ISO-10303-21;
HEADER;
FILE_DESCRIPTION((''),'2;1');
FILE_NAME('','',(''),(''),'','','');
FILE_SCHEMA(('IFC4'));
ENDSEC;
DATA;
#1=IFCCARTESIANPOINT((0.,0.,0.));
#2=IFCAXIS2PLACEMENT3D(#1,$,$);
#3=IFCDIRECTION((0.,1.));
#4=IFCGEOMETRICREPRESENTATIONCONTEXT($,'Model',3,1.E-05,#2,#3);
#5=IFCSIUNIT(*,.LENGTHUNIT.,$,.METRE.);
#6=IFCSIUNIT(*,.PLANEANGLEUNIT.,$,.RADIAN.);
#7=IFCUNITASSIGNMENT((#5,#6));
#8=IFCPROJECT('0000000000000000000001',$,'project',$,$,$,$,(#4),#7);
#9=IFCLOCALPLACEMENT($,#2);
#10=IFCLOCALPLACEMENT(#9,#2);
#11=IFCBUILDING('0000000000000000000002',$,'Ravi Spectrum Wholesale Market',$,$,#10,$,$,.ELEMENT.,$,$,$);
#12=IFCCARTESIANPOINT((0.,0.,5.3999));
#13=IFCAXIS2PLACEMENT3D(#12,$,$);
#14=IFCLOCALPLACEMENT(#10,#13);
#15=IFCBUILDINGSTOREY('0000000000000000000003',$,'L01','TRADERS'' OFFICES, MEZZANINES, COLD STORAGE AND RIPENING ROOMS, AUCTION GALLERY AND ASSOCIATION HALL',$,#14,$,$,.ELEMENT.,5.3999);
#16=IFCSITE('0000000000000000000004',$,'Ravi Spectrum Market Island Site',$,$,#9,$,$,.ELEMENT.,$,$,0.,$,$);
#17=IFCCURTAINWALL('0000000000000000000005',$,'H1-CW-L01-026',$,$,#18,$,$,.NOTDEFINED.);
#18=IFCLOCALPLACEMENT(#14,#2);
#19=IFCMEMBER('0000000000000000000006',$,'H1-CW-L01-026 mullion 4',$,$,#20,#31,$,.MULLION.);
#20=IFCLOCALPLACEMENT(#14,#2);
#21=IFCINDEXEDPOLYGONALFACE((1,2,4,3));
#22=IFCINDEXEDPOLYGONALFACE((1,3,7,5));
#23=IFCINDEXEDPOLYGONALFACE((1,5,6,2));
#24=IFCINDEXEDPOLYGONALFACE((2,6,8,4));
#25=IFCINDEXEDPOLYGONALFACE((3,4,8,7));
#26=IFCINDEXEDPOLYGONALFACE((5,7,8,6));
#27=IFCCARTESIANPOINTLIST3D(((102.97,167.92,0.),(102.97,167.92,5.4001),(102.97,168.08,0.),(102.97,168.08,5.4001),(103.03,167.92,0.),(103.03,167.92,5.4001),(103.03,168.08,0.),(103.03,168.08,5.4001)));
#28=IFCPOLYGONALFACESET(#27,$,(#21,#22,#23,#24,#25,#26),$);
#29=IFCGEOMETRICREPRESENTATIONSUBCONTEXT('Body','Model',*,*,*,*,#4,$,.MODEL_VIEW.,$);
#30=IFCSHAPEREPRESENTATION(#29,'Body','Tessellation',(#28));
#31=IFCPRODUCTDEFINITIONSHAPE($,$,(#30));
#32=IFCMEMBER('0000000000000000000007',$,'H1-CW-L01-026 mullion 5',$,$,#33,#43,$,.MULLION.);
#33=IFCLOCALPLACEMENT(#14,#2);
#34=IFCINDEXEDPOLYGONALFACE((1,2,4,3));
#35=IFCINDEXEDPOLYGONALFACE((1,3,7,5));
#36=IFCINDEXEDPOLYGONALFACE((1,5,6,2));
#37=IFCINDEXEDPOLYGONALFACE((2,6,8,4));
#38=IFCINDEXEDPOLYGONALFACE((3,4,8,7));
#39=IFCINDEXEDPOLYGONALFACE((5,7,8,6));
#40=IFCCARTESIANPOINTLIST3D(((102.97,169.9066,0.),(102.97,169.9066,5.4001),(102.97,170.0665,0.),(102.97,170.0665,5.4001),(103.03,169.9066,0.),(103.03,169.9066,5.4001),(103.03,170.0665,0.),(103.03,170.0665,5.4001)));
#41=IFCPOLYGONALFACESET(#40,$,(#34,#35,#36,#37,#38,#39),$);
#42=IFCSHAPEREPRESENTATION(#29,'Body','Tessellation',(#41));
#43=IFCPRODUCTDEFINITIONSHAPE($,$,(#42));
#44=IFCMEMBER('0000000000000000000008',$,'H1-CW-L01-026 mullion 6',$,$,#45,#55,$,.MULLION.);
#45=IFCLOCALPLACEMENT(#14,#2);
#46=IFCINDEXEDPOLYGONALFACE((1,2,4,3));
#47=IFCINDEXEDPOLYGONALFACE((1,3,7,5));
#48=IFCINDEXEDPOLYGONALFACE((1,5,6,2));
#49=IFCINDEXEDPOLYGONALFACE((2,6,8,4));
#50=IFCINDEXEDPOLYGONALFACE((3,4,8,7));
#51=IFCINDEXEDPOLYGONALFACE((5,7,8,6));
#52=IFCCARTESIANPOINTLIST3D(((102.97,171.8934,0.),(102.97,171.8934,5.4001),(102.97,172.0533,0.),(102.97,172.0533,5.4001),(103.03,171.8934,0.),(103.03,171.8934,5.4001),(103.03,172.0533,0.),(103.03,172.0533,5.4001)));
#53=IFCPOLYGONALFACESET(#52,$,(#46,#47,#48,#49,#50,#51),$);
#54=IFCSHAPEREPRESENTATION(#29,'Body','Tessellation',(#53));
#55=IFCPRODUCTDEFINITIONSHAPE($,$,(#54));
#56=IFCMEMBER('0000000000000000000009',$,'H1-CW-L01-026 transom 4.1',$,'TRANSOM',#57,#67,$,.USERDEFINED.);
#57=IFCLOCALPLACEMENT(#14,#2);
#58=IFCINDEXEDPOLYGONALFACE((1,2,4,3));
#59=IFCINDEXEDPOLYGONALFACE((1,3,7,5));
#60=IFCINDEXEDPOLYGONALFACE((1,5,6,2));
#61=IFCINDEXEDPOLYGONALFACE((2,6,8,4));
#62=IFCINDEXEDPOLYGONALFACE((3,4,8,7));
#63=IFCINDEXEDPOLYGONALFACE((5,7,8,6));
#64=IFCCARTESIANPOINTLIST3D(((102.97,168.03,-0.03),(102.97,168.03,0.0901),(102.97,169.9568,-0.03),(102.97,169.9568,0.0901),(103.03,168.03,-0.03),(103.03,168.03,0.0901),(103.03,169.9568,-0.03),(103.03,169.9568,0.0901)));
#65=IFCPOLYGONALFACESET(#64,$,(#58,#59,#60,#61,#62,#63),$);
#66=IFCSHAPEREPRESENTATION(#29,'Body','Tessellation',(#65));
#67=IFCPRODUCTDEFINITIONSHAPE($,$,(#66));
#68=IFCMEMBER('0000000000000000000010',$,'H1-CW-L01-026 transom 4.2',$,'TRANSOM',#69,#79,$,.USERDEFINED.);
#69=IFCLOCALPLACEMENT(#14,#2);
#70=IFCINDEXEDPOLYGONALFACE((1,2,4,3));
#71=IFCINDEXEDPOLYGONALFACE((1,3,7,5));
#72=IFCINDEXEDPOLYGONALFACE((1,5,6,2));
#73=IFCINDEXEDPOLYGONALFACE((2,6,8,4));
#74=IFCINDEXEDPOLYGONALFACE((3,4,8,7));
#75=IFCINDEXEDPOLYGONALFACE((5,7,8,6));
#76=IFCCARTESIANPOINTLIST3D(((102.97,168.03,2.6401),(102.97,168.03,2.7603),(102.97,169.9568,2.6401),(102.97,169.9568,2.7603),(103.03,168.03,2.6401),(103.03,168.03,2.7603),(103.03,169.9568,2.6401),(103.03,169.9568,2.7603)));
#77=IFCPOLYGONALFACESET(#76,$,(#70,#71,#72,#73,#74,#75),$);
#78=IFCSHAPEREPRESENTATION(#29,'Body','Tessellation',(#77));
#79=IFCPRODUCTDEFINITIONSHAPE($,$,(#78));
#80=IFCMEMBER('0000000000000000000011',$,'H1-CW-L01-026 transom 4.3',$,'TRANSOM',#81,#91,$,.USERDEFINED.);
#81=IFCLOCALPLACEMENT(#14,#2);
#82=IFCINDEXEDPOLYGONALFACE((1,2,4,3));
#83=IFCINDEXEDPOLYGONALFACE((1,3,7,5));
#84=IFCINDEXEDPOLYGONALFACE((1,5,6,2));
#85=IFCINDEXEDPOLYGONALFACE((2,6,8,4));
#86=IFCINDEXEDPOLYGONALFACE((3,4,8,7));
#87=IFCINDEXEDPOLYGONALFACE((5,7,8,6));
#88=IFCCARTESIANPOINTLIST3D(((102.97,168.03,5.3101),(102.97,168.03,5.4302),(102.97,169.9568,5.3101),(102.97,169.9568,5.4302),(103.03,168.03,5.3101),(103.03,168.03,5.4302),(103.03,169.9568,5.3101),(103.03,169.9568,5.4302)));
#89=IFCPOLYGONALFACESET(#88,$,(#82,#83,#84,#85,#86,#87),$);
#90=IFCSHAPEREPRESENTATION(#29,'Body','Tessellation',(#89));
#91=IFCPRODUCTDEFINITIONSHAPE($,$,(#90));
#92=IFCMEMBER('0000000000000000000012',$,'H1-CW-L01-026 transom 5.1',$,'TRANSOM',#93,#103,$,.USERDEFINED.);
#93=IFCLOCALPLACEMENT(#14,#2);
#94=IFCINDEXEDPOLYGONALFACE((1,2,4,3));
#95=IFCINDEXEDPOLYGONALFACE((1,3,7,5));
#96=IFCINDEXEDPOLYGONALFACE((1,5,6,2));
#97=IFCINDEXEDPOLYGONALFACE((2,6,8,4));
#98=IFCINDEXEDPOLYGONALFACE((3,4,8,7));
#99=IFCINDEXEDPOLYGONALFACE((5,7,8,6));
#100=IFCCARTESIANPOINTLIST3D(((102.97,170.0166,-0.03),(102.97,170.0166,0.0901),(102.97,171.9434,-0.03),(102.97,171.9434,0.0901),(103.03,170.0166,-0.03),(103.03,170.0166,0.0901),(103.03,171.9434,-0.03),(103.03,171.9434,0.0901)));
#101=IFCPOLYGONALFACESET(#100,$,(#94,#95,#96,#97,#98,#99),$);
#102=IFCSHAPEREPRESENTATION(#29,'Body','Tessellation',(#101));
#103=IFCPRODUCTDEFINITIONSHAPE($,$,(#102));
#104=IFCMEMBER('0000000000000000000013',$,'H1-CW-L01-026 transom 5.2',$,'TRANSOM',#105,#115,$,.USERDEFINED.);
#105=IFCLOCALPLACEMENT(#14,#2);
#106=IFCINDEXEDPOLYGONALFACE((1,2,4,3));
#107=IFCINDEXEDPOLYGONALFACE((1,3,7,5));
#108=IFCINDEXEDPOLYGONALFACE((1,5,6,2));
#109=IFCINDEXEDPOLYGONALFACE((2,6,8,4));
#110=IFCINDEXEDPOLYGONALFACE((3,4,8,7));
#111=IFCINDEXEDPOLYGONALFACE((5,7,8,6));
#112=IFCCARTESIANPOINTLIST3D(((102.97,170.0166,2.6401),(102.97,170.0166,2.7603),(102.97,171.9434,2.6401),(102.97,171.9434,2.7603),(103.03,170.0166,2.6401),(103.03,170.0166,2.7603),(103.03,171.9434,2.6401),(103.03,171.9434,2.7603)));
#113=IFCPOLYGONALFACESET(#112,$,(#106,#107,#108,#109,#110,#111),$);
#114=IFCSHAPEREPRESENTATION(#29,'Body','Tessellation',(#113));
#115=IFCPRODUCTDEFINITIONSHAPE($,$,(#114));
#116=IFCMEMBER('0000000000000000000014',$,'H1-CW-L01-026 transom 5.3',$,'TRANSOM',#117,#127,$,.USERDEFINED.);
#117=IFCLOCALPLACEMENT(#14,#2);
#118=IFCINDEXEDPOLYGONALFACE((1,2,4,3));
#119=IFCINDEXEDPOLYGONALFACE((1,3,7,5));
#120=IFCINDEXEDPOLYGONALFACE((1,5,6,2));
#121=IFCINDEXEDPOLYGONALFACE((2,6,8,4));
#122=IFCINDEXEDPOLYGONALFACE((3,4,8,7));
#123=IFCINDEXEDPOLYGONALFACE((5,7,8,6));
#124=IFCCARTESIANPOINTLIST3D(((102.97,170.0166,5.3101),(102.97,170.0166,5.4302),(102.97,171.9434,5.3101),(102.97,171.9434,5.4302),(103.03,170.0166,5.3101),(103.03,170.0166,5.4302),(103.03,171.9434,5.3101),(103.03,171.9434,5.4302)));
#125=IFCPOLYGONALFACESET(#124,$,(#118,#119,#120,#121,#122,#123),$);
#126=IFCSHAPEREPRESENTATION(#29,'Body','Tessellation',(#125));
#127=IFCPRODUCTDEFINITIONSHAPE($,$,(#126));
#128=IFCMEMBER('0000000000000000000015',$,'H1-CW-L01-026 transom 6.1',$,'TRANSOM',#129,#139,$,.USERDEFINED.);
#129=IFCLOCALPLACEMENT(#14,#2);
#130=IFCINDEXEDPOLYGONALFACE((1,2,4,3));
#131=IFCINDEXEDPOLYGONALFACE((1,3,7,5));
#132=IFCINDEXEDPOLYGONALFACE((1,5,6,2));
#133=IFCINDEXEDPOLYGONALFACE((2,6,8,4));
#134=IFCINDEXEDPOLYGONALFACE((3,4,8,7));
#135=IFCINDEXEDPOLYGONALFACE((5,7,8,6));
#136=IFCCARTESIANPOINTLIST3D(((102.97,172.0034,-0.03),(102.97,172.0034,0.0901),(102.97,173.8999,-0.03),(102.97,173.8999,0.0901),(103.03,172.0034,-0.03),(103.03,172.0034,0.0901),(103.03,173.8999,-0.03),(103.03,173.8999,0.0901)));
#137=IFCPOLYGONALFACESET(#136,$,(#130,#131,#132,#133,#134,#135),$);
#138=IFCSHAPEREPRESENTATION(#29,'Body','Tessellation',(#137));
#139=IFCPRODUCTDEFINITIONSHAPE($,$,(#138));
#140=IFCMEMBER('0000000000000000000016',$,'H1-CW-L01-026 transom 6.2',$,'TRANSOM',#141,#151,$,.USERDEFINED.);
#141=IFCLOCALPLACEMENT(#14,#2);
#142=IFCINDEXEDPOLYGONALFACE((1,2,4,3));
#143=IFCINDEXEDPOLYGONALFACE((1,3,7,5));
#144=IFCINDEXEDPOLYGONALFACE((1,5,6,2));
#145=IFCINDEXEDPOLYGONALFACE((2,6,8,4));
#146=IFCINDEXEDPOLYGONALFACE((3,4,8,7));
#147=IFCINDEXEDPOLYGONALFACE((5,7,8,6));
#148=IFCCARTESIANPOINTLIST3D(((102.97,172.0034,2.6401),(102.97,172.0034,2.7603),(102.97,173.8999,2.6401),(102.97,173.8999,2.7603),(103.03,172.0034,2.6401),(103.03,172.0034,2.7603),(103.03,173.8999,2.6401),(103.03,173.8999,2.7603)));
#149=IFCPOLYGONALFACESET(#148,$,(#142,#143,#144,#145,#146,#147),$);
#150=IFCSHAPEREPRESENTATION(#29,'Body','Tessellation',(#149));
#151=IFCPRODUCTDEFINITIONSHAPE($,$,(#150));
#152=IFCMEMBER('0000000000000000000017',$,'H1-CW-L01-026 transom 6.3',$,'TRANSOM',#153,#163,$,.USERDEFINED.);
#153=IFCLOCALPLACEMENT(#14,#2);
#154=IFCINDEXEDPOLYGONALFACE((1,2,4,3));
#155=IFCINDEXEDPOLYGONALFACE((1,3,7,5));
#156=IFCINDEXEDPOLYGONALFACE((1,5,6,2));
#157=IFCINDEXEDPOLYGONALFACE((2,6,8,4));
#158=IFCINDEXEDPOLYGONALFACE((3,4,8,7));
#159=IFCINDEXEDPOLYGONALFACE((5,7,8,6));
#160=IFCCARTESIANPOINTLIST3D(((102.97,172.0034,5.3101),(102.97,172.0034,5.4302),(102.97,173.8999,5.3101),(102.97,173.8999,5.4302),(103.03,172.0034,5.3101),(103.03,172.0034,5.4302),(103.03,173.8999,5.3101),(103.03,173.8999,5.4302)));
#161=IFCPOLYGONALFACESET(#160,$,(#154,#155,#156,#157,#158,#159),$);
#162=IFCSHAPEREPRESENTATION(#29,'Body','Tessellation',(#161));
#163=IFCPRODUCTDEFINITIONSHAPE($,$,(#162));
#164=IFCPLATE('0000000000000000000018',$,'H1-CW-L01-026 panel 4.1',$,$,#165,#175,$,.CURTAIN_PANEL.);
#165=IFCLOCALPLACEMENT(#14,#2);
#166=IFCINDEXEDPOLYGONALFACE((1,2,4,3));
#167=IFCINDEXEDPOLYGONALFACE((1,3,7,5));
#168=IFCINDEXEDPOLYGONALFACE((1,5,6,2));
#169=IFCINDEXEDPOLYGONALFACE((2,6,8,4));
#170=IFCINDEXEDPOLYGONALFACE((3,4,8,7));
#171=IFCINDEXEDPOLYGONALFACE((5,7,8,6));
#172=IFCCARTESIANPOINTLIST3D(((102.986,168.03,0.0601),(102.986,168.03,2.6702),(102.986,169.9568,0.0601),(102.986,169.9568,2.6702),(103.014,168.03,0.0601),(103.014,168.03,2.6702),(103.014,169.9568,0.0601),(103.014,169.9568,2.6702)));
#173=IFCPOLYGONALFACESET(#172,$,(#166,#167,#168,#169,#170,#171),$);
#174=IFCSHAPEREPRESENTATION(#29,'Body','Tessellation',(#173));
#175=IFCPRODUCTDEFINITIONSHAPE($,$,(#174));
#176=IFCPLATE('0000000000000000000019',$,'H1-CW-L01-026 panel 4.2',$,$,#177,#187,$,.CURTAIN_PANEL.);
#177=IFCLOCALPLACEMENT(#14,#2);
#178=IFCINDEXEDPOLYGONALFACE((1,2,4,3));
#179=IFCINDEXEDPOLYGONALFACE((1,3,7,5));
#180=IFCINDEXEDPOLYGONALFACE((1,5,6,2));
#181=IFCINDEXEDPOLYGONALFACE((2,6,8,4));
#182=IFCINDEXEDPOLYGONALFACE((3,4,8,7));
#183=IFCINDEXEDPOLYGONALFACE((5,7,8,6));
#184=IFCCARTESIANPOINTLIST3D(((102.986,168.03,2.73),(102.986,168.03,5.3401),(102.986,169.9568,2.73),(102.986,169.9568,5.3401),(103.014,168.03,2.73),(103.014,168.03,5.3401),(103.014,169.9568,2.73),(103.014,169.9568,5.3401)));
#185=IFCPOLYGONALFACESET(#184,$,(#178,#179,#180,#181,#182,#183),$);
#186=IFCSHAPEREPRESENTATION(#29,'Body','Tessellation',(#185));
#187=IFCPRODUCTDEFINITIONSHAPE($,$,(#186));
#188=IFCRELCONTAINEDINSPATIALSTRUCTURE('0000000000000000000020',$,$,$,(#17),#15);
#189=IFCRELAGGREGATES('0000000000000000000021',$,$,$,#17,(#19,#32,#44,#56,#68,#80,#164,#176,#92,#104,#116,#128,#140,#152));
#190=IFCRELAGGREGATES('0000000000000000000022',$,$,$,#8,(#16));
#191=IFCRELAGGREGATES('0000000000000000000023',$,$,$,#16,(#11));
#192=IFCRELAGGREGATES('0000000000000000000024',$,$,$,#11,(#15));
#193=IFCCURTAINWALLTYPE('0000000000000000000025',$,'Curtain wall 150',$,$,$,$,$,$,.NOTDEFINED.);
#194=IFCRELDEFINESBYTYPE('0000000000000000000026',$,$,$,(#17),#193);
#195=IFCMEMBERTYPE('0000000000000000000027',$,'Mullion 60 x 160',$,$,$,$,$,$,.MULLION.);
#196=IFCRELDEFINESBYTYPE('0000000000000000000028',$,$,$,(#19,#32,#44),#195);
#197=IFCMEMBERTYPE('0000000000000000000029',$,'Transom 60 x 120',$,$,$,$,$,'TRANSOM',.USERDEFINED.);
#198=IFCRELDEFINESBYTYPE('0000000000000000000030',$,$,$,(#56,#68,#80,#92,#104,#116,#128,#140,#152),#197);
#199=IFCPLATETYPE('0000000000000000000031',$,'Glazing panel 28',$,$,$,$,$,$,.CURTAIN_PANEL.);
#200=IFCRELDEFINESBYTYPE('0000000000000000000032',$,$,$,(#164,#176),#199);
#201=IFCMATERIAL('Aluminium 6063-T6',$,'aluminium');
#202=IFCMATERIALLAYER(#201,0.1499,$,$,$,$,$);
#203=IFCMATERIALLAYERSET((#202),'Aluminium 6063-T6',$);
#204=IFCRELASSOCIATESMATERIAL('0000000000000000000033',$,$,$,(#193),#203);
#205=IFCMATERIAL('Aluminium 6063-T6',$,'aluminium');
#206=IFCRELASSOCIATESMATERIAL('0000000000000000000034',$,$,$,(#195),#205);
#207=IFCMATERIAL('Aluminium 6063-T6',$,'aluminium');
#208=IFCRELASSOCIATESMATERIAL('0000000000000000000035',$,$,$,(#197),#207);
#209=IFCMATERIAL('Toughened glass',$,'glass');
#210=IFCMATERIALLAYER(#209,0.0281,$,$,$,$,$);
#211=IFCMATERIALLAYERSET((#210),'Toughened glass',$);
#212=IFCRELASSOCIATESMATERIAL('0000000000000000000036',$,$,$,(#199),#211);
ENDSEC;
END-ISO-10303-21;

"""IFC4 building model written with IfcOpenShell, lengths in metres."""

from ifc_helpers import new_model, si_unit, direction, frame, origin, origin_2d, place, context, subcontext, project, spatial, rectangle, extrude, material, layer, layer_set, material_profile, profile_set, type_object, element, aggregate, save


model = new_model("IFC4")

# Units and contexts
model_context = context("Model", 3, precision=1e-05, world=origin(), true_north=direction((0.0, 1.0)))
body_context = subcontext(model_context, "Body", "Model", "MODEL_VIEW")
ifc_project = project(units=[si_unit("LENGTHUNIT", "METRE"), si_unit("PLANEANGLEUNIT", "RADIAN")], contexts=[model_context])

# Site, building, storey
site_placement = place(None, origin())
site = spatial("IfcSite", under=ifc_project, at=site_placement, Name="Ravi Spectrum Market Island Site", CompositionType="ELEMENT", RefElevation=0.0)
building_placement = place(site_placement, origin())
building = spatial("IfcBuilding", under=site, at=building_placement, Name="Ravi Spectrum Wholesale Market", CompositionType="ELEMENT")
storey_placement = place(building_placement, frame((0.0, 0.0, 5.3999)))
storey = spatial("IfcBuildingStorey", under=building, at=storey_placement, Name="L01", Description="TRADERS' OFFICES, MEZZANINES, COLD STORAGE AND RIPENING ROOMS, AUCTION GALLERY AND ASSOCIATION HALL", CompositionType="ELEMENT", Elevation=5.3999)

# Curtain wall, members, plates
ifc_material_1 = material(Name="Aluminium 6063-T6", Category="aluminium")
ifc_layer_1 = layer(ifc_material_1, 0.1499)
ifc_layer_set_1 = layer_set([ifc_layer_1], Name="Aluminium 6063-T6")
curtain_wall_type = type_object("IfcCurtainWallType", Name="Curtain wall 150", PredefinedType="NOTDEFINED", material=ifc_layer_set_1)
curtain_wall_placement = place(storey_placement, origin())
curtain_wall = element("IfcCurtainWall", 1, at=curtain_wall_placement, inside=storey, type_object=curtain_wall_type, Name="H1-CW-L01-026", PredefinedType="NOTDEFINED")
ifc_material_2 = material(Name="Aluminium 6063-T6", Category="aluminium")
ifc_material_profile_1 = material_profile(ifc_material_2, rectangle(XDim=0.0601, YDim=0.1599, at=origin_2d()))
ifc_profile_set_1 = profile_set([ifc_material_profile_1], Name="Aluminium 6063-T6")
member_type_1 = type_object("IfcMemberType", Name="Mullion 60 x 160", PredefinedType="MULLION", material=ifc_profile_set_1)
member_1_placement = place(storey_placement, frame((103.0, 168.0, 0.0), z_axis=(0.0, 0.0, 1.0), x_axis=(-1.0, 0.0, 0.0)))
member_1 = element("IfcMember", 2, at=member_1_placement, type_object=member_type_1, Name="H1-CW-L01-026 mullion 4", PredefinedType="MULLION", context=body_context, shape_type="SweptSolid", body=[
    extrude(rectangle(XDim=0.0601, YDim=0.1599, at=origin_2d()), origin(), (0.0, 0.0, 1.0), 5.4001),
])
member_2_placement = place(storey_placement, frame((103.0, 169.9866, 0.0), z_axis=(0.0, 0.0, 1.0), x_axis=(-1.0, 0.0, 0.0)))
member_2 = element("IfcMember", 3, at=member_2_placement, type_object=member_type_1, Name="H1-CW-L01-026 mullion 5", PredefinedType="MULLION", context=body_context, shape_type="SweptSolid", body=[
    extrude(rectangle(XDim=0.0601, YDim=0.1599, at=origin_2d()), origin(), (0.0, 0.0, 1.0), 5.4001),
])
member_3_placement = place(storey_placement, frame((103.0, 171.9734, 0.0), z_axis=(0.0, 0.0, 1.0), x_axis=(-1.0, 0.0, 0.0)))
member_3 = element("IfcMember", 4, at=member_3_placement, type_object=member_type_1, Name="H1-CW-L01-026 mullion 6", PredefinedType="MULLION", context=body_context, shape_type="SweptSolid", body=[
    extrude(rectangle(XDim=0.0601, YDim=0.1599, at=origin_2d()), origin(), (0.0, 0.0, 1.0), 5.4001),
])
ifc_material_3 = material(Name="Aluminium 6063-T6", Category="aluminium")
ifc_material_profile_2 = material_profile(ifc_material_3, rectangle(XDim=0.0601, YDim=0.1201, at=origin_2d()))
ifc_profile_set_2 = profile_set([ifc_material_profile_2], Name="Aluminium 6063-T6")
member_type_2 = type_object("IfcMemberType", Name="Transom 60 x 120", ElementType="TRANSOM", PredefinedType="USERDEFINED", material=ifc_profile_set_2)
member_4_placement = place(storey_placement, frame((103.0, 168.03, 0.03), z_axis=(0.0, 1.0, 0.0), x_axis=(-1.0, 0.0, 0.0)))
member_4 = element("IfcMember", 5, at=member_4_placement, type_object=member_type_2, Name="H1-CW-L01-026 transom 4.1", ObjectType="TRANSOM", PredefinedType="USERDEFINED", context=body_context, shape_type="SweptSolid", body=[
    extrude(rectangle(XDim=0.0601, YDim=0.1201, at=origin_2d()), origin(), (0.0, 0.0, 1.0), 1.9268),
])
member_5_placement = place(storey_placement, frame((103.0, 168.03, 2.7002), z_axis=(0.0, 1.0, 0.0), x_axis=(-1.0, 0.0, 0.0)))
member_5 = element("IfcMember", 6, at=member_5_placement, type_object=member_type_2, Name="H1-CW-L01-026 transom 4.2", ObjectType="TRANSOM", PredefinedType="USERDEFINED", context=body_context, shape_type="SweptSolid", body=[
    extrude(rectangle(XDim=0.0601, YDim=0.1201, at=origin_2d()), origin(), (0.0, 0.0, 1.0), 1.9268),
])
member_6_placement = place(storey_placement, frame((103.0, 168.03, 5.3701), z_axis=(0.0, 1.0, 0.0), x_axis=(-1.0, 0.0, 0.0)))
member_6 = element("IfcMember", 7, at=member_6_placement, type_object=member_type_2, Name="H1-CW-L01-026 transom 4.3", ObjectType="TRANSOM", PredefinedType="USERDEFINED", context=body_context, shape_type="SweptSolid", body=[
    extrude(rectangle(XDim=0.0601, YDim=0.1201, at=origin_2d()), origin(), (0.0, 0.0, 1.0), 1.9268),
])
member_7_placement = place(storey_placement, frame((103.0, 170.0166, 0.03), z_axis=(0.0, 1.0, 0.0), x_axis=(-1.0, 0.0, 0.0)))
member_7 = element("IfcMember", 8, at=member_7_placement, type_object=member_type_2, Name="H1-CW-L01-026 transom 5.1", ObjectType="TRANSOM", PredefinedType="USERDEFINED", context=body_context, shape_type="SweptSolid", body=[
    extrude(rectangle(XDim=0.0601, YDim=0.1201, at=origin_2d()), origin(), (0.0, 0.0, 1.0), 1.9268),
])
member_8_placement = place(storey_placement, frame((103.0, 170.0166, 2.7002), z_axis=(0.0, 1.0, 0.0), x_axis=(-1.0, 0.0, 0.0)))
member_8 = element("IfcMember", 9, at=member_8_placement, type_object=member_type_2, Name="H1-CW-L01-026 transom 5.2", ObjectType="TRANSOM", PredefinedType="USERDEFINED", context=body_context, shape_type="SweptSolid", body=[
    extrude(rectangle(XDim=0.0601, YDim=0.1201, at=origin_2d()), origin(), (0.0, 0.0, 1.0), 1.9268),
])
member_9_placement = place(storey_placement, frame((103.0, 170.0166, 5.3701), z_axis=(0.0, 1.0, 0.0), x_axis=(-1.0, 0.0, 0.0)))
member_9 = element("IfcMember", 10, at=member_9_placement, type_object=member_type_2, Name="H1-CW-L01-026 transom 5.3", ObjectType="TRANSOM", PredefinedType="USERDEFINED", context=body_context, shape_type="SweptSolid", body=[
    extrude(rectangle(XDim=0.0601, YDim=0.1201, at=origin_2d()), origin(), (0.0, 0.0, 1.0), 1.9268),
])
member_10_placement = place(storey_placement, frame((103.0, 172.0034, 0.03), z_axis=(0.0, 1.0, 0.0), x_axis=(-1.0, 0.0, 0.0)))
member_10 = element("IfcMember", 11, at=member_10_placement, type_object=member_type_2, Name="H1-CW-L01-026 transom 6.1", ObjectType="TRANSOM", PredefinedType="USERDEFINED", context=body_context, shape_type="SweptSolid", body=[
    extrude(rectangle(XDim=0.0601, YDim=0.1201, at=origin_2d()), origin(), (0.0, 0.0, 1.0), 1.8965),
])
member_11_placement = place(storey_placement, frame((103.0, 172.0034, 2.7002), z_axis=(0.0, 1.0, 0.0), x_axis=(-1.0, 0.0, 0.0)))
member_11 = element("IfcMember", 12, at=member_11_placement, type_object=member_type_2, Name="H1-CW-L01-026 transom 6.2", ObjectType="TRANSOM", PredefinedType="USERDEFINED", context=body_context, shape_type="SweptSolid", body=[
    extrude(rectangle(XDim=0.0601, YDim=0.1201, at=origin_2d()), origin(), (0.0, 0.0, 1.0), 1.8965),
])
member_12_placement = place(storey_placement, frame((103.0, 172.0034, 5.3701), z_axis=(0.0, 1.0, 0.0), x_axis=(-1.0, 0.0, 0.0)))
member_12 = element("IfcMember", 13, at=member_12_placement, type_object=member_type_2, Name="H1-CW-L01-026 transom 6.3", ObjectType="TRANSOM", PredefinedType="USERDEFINED", context=body_context, shape_type="SweptSolid", body=[
    extrude(rectangle(XDim=0.0601, YDim=0.1201, at=origin_2d()), origin(), (0.0, 0.0, 1.0), 1.8965),
])
ifc_material_4 = material(Name="Toughened glass", Category="glass")
ifc_layer_2 = layer(ifc_material_4, 0.0281)
ifc_layer_set_2 = layer_set([ifc_layer_2], Name="Toughened glass")
plate_type = type_object("IfcPlateType", Name="Glazing panel 28", PredefinedType="CURTAIN_PANEL", material=ifc_layer_set_2)
plate_1_placement = place(storey_placement, frame((103.0, 168.9934, 0.0601), z_axis=(0.0, 0.0, 1.0), x_axis=(0.0, 1.0, 0.0)))
plate_1 = element("IfcPlate", 14, at=plate_1_placement, type_object=plate_type, Name="H1-CW-L01-026 panel 4.1", PredefinedType="CURTAIN_PANEL", context=body_context, shape_type="SweptSolid", body=[
    extrude(rectangle(XDim=1.9268, YDim=0.0281, at=origin_2d()), origin(), (0.0, 0.0, 1.0), 2.6101),
])
plate_2_placement = place(storey_placement, frame((103.0, 168.9934, 2.73), z_axis=(0.0, 0.0, 1.0), x_axis=(0.0, 1.0, 0.0)))
plate_2 = element("IfcPlate", 15, at=plate_2_placement, type_object=plate_type, Name="H1-CW-L01-026 panel 4.2", PredefinedType="CURTAIN_PANEL", context=body_context, shape_type="SweptSolid", body=[
    extrude(rectangle(XDim=1.9268, YDim=0.0281, at=origin_2d()), origin(), (0.0, 0.0, 1.0), 2.6101),
])
aggregate(curtain_wall, [member_1, member_2, member_3, member_4, member_5, member_6, plate_1, plate_2, member_7, member_8, member_9, member_10, member_11, member_12])

save(model, "model.ifc")
